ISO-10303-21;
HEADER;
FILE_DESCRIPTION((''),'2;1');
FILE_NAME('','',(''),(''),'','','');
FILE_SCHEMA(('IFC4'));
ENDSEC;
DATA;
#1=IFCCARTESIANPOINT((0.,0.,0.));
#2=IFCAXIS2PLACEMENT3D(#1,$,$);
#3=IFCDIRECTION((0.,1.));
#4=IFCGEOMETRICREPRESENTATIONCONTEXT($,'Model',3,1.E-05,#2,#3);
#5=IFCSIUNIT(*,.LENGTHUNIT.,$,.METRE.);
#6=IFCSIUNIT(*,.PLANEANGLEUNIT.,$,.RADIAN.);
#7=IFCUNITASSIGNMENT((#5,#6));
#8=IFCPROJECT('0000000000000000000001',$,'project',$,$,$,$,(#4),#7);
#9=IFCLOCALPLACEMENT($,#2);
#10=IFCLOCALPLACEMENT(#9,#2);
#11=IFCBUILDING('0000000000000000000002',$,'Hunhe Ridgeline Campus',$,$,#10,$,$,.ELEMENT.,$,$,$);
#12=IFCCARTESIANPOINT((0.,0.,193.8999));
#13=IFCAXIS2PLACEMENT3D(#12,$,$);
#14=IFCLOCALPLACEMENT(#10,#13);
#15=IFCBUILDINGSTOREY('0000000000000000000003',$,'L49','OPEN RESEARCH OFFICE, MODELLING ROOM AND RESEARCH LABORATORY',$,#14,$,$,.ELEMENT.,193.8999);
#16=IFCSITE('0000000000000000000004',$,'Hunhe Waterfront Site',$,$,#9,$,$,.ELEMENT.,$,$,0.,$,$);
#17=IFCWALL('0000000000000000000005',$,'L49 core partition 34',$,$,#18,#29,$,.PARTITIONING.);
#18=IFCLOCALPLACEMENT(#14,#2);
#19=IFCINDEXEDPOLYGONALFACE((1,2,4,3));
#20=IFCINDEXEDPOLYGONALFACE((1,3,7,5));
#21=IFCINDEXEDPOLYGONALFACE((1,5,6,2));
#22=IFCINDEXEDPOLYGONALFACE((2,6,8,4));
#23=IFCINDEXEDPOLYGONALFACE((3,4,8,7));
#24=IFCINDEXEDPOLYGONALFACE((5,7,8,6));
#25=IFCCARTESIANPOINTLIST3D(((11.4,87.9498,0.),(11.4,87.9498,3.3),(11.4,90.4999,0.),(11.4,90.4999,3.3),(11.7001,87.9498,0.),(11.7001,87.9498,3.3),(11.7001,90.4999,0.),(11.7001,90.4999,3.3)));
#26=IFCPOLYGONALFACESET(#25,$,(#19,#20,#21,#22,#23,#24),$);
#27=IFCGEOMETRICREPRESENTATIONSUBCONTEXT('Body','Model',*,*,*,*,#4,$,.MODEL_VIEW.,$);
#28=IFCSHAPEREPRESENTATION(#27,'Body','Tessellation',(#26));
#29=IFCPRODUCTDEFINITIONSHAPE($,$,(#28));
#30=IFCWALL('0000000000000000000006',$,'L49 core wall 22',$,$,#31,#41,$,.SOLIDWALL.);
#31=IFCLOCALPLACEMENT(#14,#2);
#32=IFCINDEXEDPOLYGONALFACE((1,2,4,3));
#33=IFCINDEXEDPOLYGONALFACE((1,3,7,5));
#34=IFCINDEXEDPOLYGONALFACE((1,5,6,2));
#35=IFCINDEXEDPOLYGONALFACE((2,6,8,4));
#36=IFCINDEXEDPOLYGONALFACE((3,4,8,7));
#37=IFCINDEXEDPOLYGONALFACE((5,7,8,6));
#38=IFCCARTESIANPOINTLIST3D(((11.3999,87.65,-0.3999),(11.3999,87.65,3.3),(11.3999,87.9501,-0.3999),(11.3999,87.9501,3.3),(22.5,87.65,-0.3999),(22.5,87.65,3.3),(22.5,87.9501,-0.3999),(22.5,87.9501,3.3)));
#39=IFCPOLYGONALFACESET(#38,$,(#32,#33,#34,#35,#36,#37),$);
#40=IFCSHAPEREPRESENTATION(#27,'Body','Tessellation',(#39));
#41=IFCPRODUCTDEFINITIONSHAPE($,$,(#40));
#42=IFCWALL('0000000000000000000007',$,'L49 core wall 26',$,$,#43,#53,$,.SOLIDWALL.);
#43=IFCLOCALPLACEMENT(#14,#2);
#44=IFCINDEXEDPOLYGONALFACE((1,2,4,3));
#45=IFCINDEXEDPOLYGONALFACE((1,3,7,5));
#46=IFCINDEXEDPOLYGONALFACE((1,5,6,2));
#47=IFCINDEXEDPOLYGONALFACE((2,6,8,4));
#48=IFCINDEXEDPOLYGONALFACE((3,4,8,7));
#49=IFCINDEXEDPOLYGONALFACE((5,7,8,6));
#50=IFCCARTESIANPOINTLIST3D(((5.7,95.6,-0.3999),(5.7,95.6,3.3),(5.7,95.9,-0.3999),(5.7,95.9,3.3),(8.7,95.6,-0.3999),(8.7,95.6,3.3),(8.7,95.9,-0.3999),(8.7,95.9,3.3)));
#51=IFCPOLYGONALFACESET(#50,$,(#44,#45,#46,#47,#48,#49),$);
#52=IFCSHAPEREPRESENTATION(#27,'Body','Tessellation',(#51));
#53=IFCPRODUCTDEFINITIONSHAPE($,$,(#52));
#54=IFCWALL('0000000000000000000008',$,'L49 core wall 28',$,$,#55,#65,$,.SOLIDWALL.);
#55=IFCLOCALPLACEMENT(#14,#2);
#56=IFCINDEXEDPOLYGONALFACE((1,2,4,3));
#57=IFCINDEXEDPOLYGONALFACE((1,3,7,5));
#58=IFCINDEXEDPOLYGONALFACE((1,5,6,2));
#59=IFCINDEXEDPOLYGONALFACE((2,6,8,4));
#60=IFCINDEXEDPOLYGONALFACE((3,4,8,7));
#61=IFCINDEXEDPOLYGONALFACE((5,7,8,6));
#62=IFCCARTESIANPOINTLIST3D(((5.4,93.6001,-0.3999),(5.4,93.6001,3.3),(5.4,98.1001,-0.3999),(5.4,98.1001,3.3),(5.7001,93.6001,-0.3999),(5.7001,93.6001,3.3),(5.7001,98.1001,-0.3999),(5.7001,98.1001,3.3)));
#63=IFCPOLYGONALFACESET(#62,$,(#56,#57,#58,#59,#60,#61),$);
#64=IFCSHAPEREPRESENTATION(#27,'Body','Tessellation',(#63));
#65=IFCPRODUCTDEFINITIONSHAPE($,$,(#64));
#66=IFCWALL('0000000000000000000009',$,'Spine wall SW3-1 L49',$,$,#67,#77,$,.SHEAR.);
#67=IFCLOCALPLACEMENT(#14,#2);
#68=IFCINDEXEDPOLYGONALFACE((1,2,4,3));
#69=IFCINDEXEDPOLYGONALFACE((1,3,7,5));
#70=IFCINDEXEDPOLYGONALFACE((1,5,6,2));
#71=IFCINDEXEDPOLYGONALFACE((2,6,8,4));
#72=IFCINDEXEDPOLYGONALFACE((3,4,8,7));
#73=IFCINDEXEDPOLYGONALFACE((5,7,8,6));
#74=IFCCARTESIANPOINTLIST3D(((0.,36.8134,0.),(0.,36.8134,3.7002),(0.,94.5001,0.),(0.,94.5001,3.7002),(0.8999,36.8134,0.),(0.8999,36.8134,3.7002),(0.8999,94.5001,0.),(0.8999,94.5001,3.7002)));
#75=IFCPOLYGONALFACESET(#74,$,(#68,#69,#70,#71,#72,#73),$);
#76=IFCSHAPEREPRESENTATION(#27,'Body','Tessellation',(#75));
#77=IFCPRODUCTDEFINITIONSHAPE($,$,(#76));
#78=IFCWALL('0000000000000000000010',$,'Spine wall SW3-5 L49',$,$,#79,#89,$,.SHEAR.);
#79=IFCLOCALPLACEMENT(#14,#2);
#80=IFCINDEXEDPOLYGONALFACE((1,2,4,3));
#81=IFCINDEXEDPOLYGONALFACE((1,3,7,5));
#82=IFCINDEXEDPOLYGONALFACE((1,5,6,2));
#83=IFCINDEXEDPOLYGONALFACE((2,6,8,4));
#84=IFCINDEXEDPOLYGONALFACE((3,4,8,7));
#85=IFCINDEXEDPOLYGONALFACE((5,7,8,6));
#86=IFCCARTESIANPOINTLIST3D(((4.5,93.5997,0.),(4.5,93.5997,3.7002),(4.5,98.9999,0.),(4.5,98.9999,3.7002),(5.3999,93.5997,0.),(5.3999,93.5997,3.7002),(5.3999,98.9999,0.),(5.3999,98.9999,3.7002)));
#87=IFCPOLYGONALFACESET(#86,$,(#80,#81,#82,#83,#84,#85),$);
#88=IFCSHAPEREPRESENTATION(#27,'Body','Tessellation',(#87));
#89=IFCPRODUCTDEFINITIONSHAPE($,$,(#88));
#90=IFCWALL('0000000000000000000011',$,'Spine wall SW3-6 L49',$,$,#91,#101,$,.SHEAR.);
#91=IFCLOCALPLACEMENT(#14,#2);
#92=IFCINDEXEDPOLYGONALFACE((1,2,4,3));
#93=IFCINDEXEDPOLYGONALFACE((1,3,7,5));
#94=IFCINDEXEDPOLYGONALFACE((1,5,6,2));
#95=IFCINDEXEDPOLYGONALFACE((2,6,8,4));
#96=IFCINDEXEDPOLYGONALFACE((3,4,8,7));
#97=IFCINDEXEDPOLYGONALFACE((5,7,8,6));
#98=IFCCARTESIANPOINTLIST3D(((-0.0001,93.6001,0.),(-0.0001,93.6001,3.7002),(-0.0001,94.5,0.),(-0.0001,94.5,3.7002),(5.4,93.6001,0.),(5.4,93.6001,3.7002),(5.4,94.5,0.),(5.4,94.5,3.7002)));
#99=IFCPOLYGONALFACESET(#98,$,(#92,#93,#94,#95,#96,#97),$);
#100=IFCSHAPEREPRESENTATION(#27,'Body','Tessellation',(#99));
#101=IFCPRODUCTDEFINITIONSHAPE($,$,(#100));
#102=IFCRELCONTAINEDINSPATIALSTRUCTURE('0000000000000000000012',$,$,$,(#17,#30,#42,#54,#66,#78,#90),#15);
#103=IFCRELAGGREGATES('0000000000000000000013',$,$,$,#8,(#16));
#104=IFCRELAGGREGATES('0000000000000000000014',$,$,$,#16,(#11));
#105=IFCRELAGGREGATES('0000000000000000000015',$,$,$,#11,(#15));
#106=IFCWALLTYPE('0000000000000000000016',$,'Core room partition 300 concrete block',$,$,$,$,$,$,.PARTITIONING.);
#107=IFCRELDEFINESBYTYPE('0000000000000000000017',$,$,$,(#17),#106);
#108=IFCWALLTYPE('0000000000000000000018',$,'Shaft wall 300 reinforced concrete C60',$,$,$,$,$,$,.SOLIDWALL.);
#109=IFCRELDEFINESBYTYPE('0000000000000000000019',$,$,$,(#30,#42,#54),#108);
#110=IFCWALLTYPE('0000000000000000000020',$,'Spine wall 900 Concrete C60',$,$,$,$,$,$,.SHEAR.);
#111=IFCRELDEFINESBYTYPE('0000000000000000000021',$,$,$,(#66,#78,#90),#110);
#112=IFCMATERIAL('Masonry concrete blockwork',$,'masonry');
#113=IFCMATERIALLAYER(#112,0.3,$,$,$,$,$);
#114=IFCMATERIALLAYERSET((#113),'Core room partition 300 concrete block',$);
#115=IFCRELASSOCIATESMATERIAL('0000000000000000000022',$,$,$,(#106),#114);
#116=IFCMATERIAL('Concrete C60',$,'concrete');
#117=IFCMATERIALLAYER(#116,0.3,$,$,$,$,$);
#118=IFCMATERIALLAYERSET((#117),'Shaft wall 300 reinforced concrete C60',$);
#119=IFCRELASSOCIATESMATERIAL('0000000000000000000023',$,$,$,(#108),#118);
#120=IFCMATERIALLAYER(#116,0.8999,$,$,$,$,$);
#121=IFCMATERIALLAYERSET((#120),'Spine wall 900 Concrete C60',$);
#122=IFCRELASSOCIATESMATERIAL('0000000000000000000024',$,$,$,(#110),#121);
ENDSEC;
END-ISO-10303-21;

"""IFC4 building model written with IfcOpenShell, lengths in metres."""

from ifc_helpers import new_model, si_unit, direction, frame, frame_2d, origin, place, context, subcontext, project, spatial, rectangle, extrude, material, layer, layer_set, type_object, element, save


model = new_model("IFC4")

# Units and contexts
model_context = context("Model", 3, precision=1e-05, world=origin(), true_north=direction((0.0, 1.0)))
body_context = subcontext(model_context, "Body", "Model", "MODEL_VIEW")
ifc_project = project(units=[si_unit("LENGTHUNIT", "METRE"), si_unit("PLANEANGLEUNIT", "RADIAN")], contexts=[model_context])

# Site, building, storey
site_placement = place(None, origin())
site = spatial("IfcSite", under=ifc_project, at=site_placement, Name="Hunhe Waterfront Site", CompositionType="ELEMENT", RefElevation=0.0)
building_placement = place(site_placement, origin())
building = spatial("IfcBuilding", under=site, at=building_placement, Name="Hunhe Ridgeline Campus", CompositionType="ELEMENT")
storey_placement = place(building_placement, frame((0.0, 0.0, 193.8999)))
storey = spatial("IfcBuildingStorey", under=building, at=storey_placement, Name="L49", Description="OPEN RESEARCH OFFICE, MODELLING ROOM AND RESEARCH LABORATORY", CompositionType="ELEMENT", Elevation=193.8999)

# Wall
ifc_material_1 = material(Name="Masonry concrete blockwork", Category="masonry")
ifc_layer_1 = layer(ifc_material_1, 0.3)
ifc_layer_set_1 = layer_set([ifc_layer_1], Name="Core room partition 300 concrete block")
wall_type_1 = type_object("IfcWallType", Name="Core room partition 300 concrete block", PredefinedType="PARTITIONING", material=ifc_layer_set_1)
wall_1_placement = place(storey_placement, frame((11.55, 87.95, 0.0), z_axis=(0.0, 0.0, 1.0), x_axis=(0.0, 1.0, 0.0)))
element("IfcWall", 1, at=wall_1_placement, inside=storey, type_object=wall_type_1, Name="L49 core partition 34", PredefinedType="PARTITIONING", context=body_context, shape_type="SweptSolid", body=[
    extrude(rectangle(XDim=2.55, YDim=0.3, at=frame_2d((1.2749, 0.0))), origin(), (0.0, 0.0, 1.0), 3.3),
])

# Shared definitions
ifc_material_2 = material(Name="Concrete C60", Category="concrete")

# Wall
ifc_layer_2 = layer(ifc_material_2, 0.3)
ifc_layer_set_2 = layer_set([ifc_layer_2], Name="Shaft wall 300 reinforced concrete C60")
wall_type_2 = type_object("IfcWallType", Name="Shaft wall 300 reinforced concrete C60", PredefinedType="SOLIDWALL", material=ifc_layer_set_2)
wall_2_placement = place(storey_placement, frame((11.3999, 87.8, -0.3999), z_axis=(0.0, 0.0, 1.0), x_axis=(1.0, 0.0, 0.0)))
element("IfcWall", 2, at=wall_2_placement, inside=storey, type_object=wall_type_2, Name="L49 core wall 22", PredefinedType="SOLIDWALL", context=body_context, shape_type="SweptSolid", body=[
    extrude(rectangle(XDim=11.1001, YDim=0.3, at=frame_2d((5.55, 0.0))), origin(), (0.0, 0.0, 1.0), 3.7),
])

# Walls
wall_3_placement = place(storey_placement, frame((5.7, 95.75, -0.3999), z_axis=(0.0, 0.0, 1.0), x_axis=(1.0, 0.0, 0.0)))
element("IfcWall", 3, at=wall_3_placement, inside=storey, type_object=wall_type_2, Name="L49 core wall 26", PredefinedType="SOLIDWALL", context=body_context, shape_type="SweptSolid", body=[
    extrude(rectangle(XDim=3.0, YDim=0.3, at=frame_2d((1.5, 0.0))), origin(), (0.0, 0.0, 1.0), 3.7),
])
wall_4_placement = place(storey_placement, frame((5.55, 93.6001, -0.3999), z_axis=(0.0, 0.0, 1.0), x_axis=(0.0, 1.0, 0.0)))
element("IfcWall", 4, at=wall_4_placement, inside=storey, type_object=wall_type_2, Name="L49 core wall 28", PredefinedType="SOLIDWALL", context=body_context, shape_type="SweptSolid", body=[
    extrude(rectangle(XDim=4.5, YDim=0.3, at=frame_2d((2.25, 0.0))), origin(), (0.0, 0.0, 1.0), 3.7),
])

# Walls
ifc_layer_3 = layer(ifc_material_2, 0.8999)
ifc_layer_set_3 = layer_set([ifc_layer_3], Name="Spine wall 900 Concrete C60")
wall_type_3 = type_object("IfcWallType", Name="Spine wall 900 Concrete C60", PredefinedType="SHEAR", material=ifc_layer_set_3)
wall_5_placement = place(storey_placement, frame((0.45, 94.5, 0.0), z_axis=(0.0, 0.0, 1.0), x_axis=(0.0, -1.0, 0.0)))
element("IfcWall", 5, at=wall_5_placement, inside=storey, type_object=wall_type_3, Name="Spine wall SW3-1 L49", PredefinedType="SHEAR", context=body_context, shape_type="SweptSolid", body=[
    extrude(rectangle(XDim=57.6868, YDim=0.8999, at=frame_2d((28.8433, 0.0))), origin(), (0.0, 0.0, 1.0), 3.7002),
])
for number, where, z_axis, x_axis, name in (
    (6, (4.95, 99.0, 0.0), (0.0, 0.0, 1.0), (0.0, -1.0, 0.0), "Spine wall SW3-5 L49"),
    (7, (5.4001, 94.05, 0.0), (0.0, 0.0, 1.0), (-1.0, 0.0, 0.0), "Spine wall SW3-6 L49"),
):
    element("IfcWall", number, at=place(storey_placement, frame(where, z_axis=z_axis, x_axis=x_axis)), inside=storey, type_object=wall_type_3, Name=name, PredefinedType="SHEAR", context=body_context, shape_type="SweptSolid", body=[
        extrude(rectangle(XDim=5.4001, YDim=0.8999, at=frame_2d((2.7002, 0.0))), origin(), (0.0, 0.0, 1.0), 3.7002),
    ])

save(model, "model.ifc")
